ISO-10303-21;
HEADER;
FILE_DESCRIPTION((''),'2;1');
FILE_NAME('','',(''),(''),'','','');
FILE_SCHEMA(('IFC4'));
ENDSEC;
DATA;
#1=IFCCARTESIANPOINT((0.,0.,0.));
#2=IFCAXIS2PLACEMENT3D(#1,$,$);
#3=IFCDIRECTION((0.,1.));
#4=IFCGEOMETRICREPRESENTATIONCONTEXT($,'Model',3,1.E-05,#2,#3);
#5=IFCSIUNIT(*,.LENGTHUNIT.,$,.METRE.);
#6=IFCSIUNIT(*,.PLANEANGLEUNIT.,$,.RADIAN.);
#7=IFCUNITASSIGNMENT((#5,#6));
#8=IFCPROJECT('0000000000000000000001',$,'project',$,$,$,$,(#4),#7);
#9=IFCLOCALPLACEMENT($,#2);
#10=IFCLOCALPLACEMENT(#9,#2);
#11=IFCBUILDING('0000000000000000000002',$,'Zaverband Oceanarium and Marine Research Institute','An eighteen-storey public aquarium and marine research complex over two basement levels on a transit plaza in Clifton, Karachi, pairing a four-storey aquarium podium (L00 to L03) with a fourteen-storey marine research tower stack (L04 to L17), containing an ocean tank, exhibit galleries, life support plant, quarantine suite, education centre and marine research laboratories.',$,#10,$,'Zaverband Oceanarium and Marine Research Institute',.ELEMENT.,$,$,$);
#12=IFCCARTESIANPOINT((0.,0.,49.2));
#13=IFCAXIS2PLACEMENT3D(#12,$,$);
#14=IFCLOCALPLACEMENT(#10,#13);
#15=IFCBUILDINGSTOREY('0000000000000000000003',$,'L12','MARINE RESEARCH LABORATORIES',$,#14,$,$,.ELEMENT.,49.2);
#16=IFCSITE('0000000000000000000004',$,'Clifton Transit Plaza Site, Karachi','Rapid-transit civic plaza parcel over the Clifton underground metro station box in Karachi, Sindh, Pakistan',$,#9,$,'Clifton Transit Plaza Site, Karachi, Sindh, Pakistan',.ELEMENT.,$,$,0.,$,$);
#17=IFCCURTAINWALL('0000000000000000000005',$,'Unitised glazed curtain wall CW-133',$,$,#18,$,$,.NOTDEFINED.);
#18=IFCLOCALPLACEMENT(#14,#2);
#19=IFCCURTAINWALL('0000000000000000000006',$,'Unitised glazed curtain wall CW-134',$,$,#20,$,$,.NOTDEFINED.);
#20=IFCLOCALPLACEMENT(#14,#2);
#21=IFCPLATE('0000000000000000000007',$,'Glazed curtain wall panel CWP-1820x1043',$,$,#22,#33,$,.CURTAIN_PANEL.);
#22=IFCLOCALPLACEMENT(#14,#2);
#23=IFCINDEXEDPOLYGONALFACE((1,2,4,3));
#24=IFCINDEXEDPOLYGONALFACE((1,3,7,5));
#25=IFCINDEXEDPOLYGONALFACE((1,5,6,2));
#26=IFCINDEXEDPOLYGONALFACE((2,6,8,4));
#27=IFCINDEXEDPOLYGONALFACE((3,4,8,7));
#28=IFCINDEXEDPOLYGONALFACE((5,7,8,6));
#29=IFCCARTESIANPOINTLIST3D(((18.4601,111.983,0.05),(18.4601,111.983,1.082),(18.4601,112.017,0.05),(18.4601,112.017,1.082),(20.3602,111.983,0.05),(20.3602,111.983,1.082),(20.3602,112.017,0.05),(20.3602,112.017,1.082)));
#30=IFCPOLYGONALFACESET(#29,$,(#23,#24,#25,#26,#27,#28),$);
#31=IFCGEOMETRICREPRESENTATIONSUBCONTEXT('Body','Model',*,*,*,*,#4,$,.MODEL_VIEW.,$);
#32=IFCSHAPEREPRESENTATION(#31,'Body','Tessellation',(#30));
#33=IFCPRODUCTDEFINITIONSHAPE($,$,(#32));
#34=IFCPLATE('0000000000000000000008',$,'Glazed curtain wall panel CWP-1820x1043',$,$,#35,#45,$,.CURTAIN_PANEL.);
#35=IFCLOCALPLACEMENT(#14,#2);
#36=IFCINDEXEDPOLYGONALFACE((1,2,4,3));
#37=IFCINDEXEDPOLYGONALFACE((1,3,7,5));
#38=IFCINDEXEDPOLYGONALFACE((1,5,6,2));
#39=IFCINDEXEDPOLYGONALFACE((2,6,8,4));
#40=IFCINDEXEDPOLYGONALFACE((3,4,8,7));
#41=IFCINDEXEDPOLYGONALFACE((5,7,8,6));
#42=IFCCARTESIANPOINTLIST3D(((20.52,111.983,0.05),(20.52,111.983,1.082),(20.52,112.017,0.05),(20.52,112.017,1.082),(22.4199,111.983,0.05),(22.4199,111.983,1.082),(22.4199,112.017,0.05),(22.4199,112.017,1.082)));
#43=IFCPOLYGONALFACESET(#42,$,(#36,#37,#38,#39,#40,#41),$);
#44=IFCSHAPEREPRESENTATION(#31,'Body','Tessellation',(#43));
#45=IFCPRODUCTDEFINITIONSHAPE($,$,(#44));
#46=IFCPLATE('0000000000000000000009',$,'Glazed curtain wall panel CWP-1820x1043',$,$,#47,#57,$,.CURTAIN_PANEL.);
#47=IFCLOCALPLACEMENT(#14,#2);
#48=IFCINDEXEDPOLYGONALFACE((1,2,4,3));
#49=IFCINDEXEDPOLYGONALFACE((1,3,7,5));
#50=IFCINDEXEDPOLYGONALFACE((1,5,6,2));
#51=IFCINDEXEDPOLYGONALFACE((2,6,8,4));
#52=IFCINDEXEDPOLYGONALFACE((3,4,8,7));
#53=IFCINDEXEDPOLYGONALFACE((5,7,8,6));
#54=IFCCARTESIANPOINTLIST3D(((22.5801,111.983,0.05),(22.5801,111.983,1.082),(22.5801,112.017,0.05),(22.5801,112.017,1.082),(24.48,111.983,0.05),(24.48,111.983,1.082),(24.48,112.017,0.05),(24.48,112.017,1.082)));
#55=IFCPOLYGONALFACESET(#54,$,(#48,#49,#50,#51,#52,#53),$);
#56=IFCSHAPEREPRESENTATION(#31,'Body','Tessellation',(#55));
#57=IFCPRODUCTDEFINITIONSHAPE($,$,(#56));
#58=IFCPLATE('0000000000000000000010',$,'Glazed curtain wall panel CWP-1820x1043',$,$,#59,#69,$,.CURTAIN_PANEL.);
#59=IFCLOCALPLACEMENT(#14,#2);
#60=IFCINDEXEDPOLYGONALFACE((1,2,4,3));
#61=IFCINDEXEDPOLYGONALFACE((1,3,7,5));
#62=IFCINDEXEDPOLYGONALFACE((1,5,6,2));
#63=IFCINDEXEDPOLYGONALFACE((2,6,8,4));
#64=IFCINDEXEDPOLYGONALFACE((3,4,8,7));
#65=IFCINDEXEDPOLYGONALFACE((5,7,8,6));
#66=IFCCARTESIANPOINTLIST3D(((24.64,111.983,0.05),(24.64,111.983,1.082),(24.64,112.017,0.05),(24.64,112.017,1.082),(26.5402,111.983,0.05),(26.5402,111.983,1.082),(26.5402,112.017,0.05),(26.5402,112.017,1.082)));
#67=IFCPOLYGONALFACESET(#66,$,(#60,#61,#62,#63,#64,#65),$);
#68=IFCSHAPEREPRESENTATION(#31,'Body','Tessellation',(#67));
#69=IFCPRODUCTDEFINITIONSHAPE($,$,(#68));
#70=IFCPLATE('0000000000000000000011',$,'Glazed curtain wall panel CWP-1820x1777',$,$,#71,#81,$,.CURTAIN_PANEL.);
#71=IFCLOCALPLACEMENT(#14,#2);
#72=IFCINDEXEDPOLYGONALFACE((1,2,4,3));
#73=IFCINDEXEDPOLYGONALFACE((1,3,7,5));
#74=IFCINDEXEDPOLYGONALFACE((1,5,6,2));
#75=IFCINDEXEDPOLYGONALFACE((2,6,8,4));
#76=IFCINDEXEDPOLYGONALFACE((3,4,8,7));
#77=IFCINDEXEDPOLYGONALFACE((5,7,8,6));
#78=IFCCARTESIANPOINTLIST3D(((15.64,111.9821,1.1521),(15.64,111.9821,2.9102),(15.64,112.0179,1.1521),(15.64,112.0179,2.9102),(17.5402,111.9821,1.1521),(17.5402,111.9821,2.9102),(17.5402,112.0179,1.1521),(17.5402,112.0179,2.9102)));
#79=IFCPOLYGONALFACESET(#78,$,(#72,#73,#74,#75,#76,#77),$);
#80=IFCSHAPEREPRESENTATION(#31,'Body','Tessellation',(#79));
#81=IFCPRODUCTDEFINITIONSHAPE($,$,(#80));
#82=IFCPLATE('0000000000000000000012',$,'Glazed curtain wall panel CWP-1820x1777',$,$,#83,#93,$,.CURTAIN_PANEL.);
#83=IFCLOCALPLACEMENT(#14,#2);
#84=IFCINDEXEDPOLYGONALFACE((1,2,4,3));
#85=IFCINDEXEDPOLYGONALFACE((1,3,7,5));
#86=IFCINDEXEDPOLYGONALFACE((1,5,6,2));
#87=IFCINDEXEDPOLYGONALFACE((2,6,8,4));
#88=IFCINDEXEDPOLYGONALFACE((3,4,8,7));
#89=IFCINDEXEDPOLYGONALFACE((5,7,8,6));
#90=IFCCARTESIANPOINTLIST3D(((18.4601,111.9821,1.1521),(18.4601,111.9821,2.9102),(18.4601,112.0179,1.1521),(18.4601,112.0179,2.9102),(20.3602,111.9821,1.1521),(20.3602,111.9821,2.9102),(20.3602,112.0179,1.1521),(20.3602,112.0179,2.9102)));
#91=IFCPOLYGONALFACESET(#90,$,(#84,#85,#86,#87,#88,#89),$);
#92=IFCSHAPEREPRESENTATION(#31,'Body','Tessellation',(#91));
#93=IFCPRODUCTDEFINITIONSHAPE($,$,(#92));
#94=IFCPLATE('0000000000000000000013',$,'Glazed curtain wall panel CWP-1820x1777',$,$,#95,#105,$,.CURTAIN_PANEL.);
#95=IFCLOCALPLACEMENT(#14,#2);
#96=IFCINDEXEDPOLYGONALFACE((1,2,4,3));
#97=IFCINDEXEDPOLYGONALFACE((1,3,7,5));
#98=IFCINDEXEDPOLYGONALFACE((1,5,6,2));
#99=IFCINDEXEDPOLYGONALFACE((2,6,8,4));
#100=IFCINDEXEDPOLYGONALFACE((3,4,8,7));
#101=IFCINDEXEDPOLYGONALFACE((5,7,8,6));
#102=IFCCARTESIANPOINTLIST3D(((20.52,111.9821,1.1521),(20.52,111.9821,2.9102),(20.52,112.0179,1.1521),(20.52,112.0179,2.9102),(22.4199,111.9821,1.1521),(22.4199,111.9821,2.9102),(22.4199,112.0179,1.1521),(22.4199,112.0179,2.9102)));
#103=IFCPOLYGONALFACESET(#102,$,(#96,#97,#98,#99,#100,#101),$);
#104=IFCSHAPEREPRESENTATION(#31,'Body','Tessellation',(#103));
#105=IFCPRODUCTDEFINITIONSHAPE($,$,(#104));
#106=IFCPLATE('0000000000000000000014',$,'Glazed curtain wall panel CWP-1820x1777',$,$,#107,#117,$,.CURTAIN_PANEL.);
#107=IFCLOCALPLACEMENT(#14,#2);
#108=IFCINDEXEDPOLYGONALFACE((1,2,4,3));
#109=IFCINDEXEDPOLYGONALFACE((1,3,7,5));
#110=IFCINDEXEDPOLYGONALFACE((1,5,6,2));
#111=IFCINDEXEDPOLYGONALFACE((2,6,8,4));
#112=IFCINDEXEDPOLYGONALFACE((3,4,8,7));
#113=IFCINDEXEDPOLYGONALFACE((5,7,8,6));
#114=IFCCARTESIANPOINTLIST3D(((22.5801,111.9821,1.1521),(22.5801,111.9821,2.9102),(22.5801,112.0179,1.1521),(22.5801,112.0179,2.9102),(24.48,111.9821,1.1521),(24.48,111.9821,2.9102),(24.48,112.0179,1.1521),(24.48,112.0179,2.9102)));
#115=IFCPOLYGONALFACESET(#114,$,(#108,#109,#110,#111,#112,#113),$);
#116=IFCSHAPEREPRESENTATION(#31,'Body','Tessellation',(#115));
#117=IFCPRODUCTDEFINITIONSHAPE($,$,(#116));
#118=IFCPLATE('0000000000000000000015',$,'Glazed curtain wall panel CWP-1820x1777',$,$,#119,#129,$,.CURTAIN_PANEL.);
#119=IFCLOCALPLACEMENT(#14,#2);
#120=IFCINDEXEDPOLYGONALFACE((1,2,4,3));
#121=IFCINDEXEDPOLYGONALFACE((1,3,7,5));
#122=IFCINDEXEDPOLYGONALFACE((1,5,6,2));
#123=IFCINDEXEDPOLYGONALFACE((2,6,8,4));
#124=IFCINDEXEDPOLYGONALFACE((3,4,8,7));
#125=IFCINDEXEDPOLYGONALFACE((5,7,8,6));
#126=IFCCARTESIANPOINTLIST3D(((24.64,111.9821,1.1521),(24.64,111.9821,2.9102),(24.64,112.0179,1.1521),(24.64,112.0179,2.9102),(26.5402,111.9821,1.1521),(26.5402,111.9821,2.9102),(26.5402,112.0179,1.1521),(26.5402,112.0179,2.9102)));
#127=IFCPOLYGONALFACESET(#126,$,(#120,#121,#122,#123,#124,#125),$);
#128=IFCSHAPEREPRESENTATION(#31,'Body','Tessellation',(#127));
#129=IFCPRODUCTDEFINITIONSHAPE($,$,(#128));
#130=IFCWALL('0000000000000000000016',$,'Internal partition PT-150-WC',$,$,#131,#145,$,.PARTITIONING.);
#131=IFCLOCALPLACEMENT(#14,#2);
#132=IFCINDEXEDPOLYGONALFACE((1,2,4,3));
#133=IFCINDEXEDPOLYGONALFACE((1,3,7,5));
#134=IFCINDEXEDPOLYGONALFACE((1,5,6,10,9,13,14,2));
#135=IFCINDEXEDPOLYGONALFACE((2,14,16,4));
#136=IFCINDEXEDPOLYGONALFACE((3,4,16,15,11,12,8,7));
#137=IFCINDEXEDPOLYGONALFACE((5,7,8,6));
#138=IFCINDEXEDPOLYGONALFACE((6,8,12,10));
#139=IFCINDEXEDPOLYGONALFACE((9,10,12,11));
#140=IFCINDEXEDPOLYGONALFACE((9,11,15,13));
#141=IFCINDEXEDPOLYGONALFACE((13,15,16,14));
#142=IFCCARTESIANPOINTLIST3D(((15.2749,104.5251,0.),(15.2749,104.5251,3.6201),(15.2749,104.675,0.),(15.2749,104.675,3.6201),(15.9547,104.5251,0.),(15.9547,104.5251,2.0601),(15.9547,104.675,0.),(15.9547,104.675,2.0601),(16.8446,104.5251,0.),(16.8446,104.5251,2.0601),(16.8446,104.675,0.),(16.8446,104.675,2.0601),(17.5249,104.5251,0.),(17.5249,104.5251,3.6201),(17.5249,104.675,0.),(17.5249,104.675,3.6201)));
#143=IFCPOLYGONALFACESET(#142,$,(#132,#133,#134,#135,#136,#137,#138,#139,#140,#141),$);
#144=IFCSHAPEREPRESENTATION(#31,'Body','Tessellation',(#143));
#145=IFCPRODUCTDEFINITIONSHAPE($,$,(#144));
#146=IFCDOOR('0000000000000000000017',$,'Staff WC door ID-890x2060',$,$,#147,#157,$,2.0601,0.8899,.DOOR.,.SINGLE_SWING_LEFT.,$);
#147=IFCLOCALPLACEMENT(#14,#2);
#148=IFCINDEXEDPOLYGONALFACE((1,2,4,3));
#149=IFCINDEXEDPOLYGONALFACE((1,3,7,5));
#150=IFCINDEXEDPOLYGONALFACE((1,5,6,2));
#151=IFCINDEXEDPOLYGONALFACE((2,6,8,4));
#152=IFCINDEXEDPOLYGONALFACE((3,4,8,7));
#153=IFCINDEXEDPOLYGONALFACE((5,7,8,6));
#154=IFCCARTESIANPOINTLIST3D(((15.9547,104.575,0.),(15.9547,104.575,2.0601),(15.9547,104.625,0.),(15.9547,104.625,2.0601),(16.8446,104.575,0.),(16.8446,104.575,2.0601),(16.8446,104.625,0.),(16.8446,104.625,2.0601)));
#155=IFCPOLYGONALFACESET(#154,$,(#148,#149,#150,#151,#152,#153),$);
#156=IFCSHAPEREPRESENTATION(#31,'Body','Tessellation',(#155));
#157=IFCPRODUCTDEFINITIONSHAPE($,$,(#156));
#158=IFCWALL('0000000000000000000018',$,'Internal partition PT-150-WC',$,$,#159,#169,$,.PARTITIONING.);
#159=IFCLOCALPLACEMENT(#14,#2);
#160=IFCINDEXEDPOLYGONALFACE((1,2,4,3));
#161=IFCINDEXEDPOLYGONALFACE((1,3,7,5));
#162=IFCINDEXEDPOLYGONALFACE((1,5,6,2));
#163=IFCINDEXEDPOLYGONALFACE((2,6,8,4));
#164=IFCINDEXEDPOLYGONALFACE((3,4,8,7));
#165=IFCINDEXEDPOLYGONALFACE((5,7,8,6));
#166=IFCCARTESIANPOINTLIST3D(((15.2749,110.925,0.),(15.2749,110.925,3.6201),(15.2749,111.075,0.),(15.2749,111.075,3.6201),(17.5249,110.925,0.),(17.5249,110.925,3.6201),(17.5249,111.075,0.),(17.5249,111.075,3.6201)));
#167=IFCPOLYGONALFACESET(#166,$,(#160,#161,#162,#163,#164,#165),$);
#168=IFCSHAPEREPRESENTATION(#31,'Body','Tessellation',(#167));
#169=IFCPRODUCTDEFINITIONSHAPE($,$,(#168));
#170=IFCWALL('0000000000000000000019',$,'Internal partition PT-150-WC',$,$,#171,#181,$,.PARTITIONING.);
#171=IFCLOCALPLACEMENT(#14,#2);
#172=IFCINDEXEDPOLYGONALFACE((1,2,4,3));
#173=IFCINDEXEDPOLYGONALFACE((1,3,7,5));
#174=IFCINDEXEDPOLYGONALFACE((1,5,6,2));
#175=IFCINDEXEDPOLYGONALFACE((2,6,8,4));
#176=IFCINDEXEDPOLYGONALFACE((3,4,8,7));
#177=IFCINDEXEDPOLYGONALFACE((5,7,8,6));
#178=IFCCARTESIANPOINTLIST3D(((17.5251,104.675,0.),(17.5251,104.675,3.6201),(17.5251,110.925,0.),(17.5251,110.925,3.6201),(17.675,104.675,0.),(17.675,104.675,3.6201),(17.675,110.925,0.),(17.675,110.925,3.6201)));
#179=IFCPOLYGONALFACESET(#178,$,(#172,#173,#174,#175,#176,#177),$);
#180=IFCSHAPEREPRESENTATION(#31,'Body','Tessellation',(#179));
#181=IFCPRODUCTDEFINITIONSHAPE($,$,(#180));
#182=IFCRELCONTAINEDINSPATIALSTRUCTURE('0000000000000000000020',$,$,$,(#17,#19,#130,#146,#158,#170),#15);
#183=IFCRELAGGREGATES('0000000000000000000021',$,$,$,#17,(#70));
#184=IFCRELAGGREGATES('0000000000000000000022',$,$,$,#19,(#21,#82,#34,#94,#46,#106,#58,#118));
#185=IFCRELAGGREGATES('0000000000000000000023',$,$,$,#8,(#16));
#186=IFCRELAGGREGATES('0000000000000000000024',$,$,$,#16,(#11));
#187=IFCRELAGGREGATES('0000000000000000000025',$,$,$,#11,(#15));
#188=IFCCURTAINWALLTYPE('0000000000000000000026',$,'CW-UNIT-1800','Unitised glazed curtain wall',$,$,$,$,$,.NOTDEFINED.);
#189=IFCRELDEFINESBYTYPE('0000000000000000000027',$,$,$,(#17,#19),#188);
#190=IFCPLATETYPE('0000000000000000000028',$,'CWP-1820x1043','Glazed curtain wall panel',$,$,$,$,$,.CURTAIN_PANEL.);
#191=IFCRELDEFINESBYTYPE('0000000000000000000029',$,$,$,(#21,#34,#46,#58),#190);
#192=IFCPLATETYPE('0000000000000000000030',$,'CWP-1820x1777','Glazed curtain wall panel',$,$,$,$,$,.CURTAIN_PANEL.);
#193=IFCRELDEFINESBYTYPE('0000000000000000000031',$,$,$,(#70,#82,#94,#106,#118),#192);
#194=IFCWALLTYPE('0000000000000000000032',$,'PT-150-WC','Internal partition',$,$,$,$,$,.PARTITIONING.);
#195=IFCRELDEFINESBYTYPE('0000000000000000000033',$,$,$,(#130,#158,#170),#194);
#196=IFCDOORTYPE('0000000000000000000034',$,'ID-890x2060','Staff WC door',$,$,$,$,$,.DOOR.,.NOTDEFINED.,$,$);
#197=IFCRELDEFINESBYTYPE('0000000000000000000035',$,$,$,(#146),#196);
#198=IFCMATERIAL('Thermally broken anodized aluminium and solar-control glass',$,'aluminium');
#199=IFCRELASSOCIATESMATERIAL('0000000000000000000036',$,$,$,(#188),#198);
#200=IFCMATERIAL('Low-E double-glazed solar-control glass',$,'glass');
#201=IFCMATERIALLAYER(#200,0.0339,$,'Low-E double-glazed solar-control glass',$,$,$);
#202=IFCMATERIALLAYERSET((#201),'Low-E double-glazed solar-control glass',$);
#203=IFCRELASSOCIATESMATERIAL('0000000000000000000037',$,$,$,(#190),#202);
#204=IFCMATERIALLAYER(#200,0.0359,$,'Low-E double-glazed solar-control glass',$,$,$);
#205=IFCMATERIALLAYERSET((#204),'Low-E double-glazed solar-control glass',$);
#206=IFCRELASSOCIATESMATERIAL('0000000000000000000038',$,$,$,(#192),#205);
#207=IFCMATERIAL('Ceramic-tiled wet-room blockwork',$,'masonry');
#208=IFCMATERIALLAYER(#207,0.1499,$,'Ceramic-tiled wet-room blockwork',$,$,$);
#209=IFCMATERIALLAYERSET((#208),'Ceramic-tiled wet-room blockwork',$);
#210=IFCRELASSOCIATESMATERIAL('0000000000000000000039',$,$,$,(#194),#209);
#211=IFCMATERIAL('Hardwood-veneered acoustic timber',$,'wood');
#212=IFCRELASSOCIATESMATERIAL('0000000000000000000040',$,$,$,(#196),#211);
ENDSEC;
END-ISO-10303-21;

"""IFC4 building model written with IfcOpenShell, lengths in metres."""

from ifc_helpers import new_model, si_unit, direction, frame, frame_2d, origin, place, context, subcontext, project, spatial, rectangle, extrude, material, layer, layer_set, type_object, element, fill, aggregate, save


model = new_model("IFC4")

# Units and contexts
model_context = context("Model", 3, precision=1e-05, world=origin(), true_north=direction((0.0, 1.0)))
body_context = subcontext(model_context, "Body", "Model", "MODEL_VIEW")
ifc_project = project(units=[si_unit("LENGTHUNIT", "METRE"), si_unit("PLANEANGLEUNIT", "RADIAN")], contexts=[model_context])

# Site, building, storey
site_placement = place(None, origin())
site = spatial("IfcSite", under=ifc_project, at=site_placement, Name="Clifton Transit Plaza Site, Karachi", Description="Rapid-transit civic plaza parcel over the Clifton underground metro station box in Karachi, Sindh, Pakistan", LongName="Clifton Transit Plaza Site, Karachi, Sindh, Pakistan", CompositionType="ELEMENT", RefElevation=0.0)
building_placement = place(site_placement, origin())
building = spatial("IfcBuilding", under=site, at=building_placement, Name="Zaverband Oceanarium and Marine Research Institute", Description="An eighteen-storey public aquarium and marine research complex over two basement levels on a transit plaza in Clifton, Karachi, pairing a four-storey aquarium podium (L00 to L03) with a fourteen-storey marine research tower stack (L04 to L17), containing an ocean tank, exhibit galleries, life support plant, quarantine suite, education centre and marine research laboratories.", LongName="Zaverband Oceanarium and Marine Research Institute", CompositionType="ELEMENT")
storey_placement = place(building_placement, frame((0.0, 0.0, 49.2)))
storey = spatial("IfcBuildingStorey", under=building, at=storey_placement, Name="L12", Description="MARINE RESEARCH LABORATORIES", CompositionType="ELEMENT", Elevation=49.2)

# Curtain walls
ifc_material_1 = material(Name="Thermally broken anodized aluminium and solar-control glass", Category="aluminium")
curtain_wall_type = type_object("IfcCurtainWallType", Name="CW-UNIT-1800", Description="Unitised glazed curtain wall", PredefinedType="NOTDEFINED", material=ifc_material_1)
curtain_wall_1_placement = place(storey_placement, origin())
curtain_wall_1 = element("IfcCurtainWall", 1, at=curtain_wall_1_placement, inside=storey, type_object=curtain_wall_type, Name="Unitised glazed curtain wall CW-133", PredefinedType="NOTDEFINED")
curtain_wall_2_placement = place(storey_placement, origin())
curtain_wall_2 = element("IfcCurtainWall", 2, at=curtain_wall_2_placement, inside=storey, type_object=curtain_wall_type, Name="Unitised glazed curtain wall CW-134", PredefinedType="NOTDEFINED")

# Plates
ifc_material_2 = material(Name="Low-E double-glazed solar-control glass", Category="glass")
ifc_layer_1 = layer(ifc_material_2, 0.0339, Name="Low-E double-glazed solar-control glass")
ifc_layer_set_1 = layer_set([ifc_layer_1], Name="Low-E double-glazed solar-control glass")
plate_type_1 = type_object("IfcPlateType", Name="CWP-1820x1043", Description="Glazed curtain wall panel", PredefinedType="CURTAIN_PANEL", material=ifc_layer_set_1)
plate_1_placement = place(storey_placement, frame((18.46, 112.0, 0.05), z_axis=(0.0, 0.0, 1.0), x_axis=(1.0, 0.0, 0.0)))
plate_1 = element("IfcPlate", 3, at=plate_1_placement, type_object=plate_type_1, Name="Glazed curtain wall panel CWP-1820x1043", PredefinedType="CURTAIN_PANEL", context=body_context, shape_type="SweptSolid", body=[
    extrude(rectangle(XDim=1.9001, YDim=0.0339, at=frame_2d((0.9502, 0.0))), origin(), (0.0, 0.0, 1.0), 1.032),
])
plate_2_placement = place(storey_placement, frame((20.52, 112.0, 0.05), z_axis=(0.0, 0.0, 1.0), x_axis=(1.0, 0.0, 0.0)))
plate_2 = element("IfcPlate", 4, at=plate_2_placement, type_object=plate_type_1, Name="Glazed curtain wall panel CWP-1820x1043", PredefinedType="CURTAIN_PANEL", context=body_context, shape_type="SweptSolid", body=[
    extrude(rectangle(XDim=1.8999, YDim=0.0339, at=frame_2d((0.95, 0.0))), origin(), (0.0, 0.0, 1.0), 1.032),
])
plate_3_placement = place(storey_placement, frame((22.5801, 112.0, 0.05), z_axis=(0.0, 0.0, 1.0), x_axis=(1.0, 0.0, 0.0)))
plate_3 = element("IfcPlate", 5, at=plate_3_placement, type_object=plate_type_1, Name="Glazed curtain wall panel CWP-1820x1043", PredefinedType="CURTAIN_PANEL", context=body_context, shape_type="SweptSolid", body=[
    extrude(rectangle(XDim=1.8999, YDim=0.0339, at=frame_2d((0.95, 0.0))), origin(), (0.0, 0.0, 1.0), 1.032),
])
plate_4_placement = place(storey_placement, frame((24.6399, 112.0, 0.05), z_axis=(0.0, 0.0, 1.0), x_axis=(1.0, 0.0, 0.0)))
plate_4 = element("IfcPlate", 6, at=plate_4_placement, type_object=plate_type_1, Name="Glazed curtain wall panel CWP-1820x1043", PredefinedType="CURTAIN_PANEL", context=body_context, shape_type="SweptSolid", body=[
    extrude(rectangle(XDim=1.9001, YDim=0.0339, at=frame_2d((0.9502, 0.0))), origin(), (0.0, 0.0, 1.0), 1.032),
])
ifc_layer_2 = layer(ifc_material_2, 0.0359, Name="Low-E double-glazed solar-control glass")
ifc_layer_set_2 = layer_set([ifc_layer_2], Name="Low-E double-glazed solar-control glass")
plate_type_2 = type_object("IfcPlateType", Name="CWP-1820x1777", Description="Glazed curtain wall panel", PredefinedType="CURTAIN_PANEL", material=ifc_layer_set_2)
plate_5_placement = place(storey_placement, frame((15.6399, 112.0, 1.1521), z_axis=(0.0, 0.0, 1.0), x_axis=(1.0, 0.0, 0.0)))
plate_5 = element("IfcPlate", 7, at=plate_5_placement, type_object=plate_type_2, Name="Glazed curtain wall panel CWP-1820x1777", PredefinedType="CURTAIN_PANEL", context=body_context, shape_type="SweptSolid", body=[
    extrude(rectangle(XDim=1.9001, YDim=0.0359, at=frame_2d((0.9502, 0.0))), origin(), (0.0, 0.0, 1.0), 1.7581),
])
aggregate(curtain_wall_1, [plate_5])
plate_6_placement = place(storey_placement, frame((18.46, 112.0, 1.1521), z_axis=(0.0, 0.0, 1.0), x_axis=(1.0, 0.0, 0.0)))
plate_6 = element("IfcPlate", 8, at=plate_6_placement, type_object=plate_type_2, Name="Glazed curtain wall panel CWP-1820x1777", PredefinedType="CURTAIN_PANEL", context=body_context, shape_type="SweptSolid", body=[
    extrude(rectangle(XDim=1.9001, YDim=0.0359, at=frame_2d((0.9502, 0.0))), origin(), (0.0, 0.0, 1.0), 1.7581),
])
plate_7_placement = place(storey_placement, frame((20.52, 112.0, 1.1521), z_axis=(0.0, 0.0, 1.0), x_axis=(1.0, 0.0, 0.0)))
plate_7 = element("IfcPlate", 9, at=plate_7_placement, type_object=plate_type_2, Name="Glazed curtain wall panel CWP-1820x1777", PredefinedType="CURTAIN_PANEL", context=body_context, shape_type="SweptSolid", body=[
    extrude(rectangle(XDim=1.8999, YDim=0.0359, at=frame_2d((0.95, 0.0))), origin(), (0.0, 0.0, 1.0), 1.7581),
])
plate_8_placement = place(storey_placement, frame((22.5801, 112.0, 1.1521), z_axis=(0.0, 0.0, 1.0), x_axis=(1.0, 0.0, 0.0)))
plate_8 = element("IfcPlate", 10, at=plate_8_placement, type_object=plate_type_2, Name="Glazed curtain wall panel CWP-1820x1777", PredefinedType="CURTAIN_PANEL", context=body_context, shape_type="SweptSolid", body=[
    extrude(rectangle(XDim=1.8999, YDim=0.0359, at=frame_2d((0.95, 0.0))), origin(), (0.0, 0.0, 1.0), 1.7581),
])
plate_9_placement = place(storey_placement, frame((24.6399, 112.0, 1.1521), z_axis=(0.0, 0.0, 1.0), x_axis=(1.0, 0.0, 0.0)))
plate_9 = element("IfcPlate", 11, at=plate_9_placement, type_object=plate_type_2, Name="Glazed curtain wall panel CWP-1820x1777", PredefinedType="CURTAIN_PANEL", context=body_context, shape_type="SweptSolid", body=[
    extrude(rectangle(XDim=1.9001, YDim=0.0359, at=frame_2d((0.9502, 0.0))), origin(), (0.0, 0.0, 1.0), 1.7581),
])
aggregate(curtain_wall_2, [plate_1, plate_6, plate_2, plate_7, plate_3, plate_8, plate_4, plate_9])

# Wall, opening, door
ifc_material_3 = material(Name="Ceramic-tiled wet-room blockwork", Category="masonry")
ifc_layer_3 = layer(ifc_material_3, 0.1499, Name="Ceramic-tiled wet-room blockwork")
ifc_layer_set_3 = layer_set([ifc_layer_3], Name="Ceramic-tiled wet-room blockwork")
wall_type = type_object("IfcWallType", Name="PT-150-WC", Description="Internal partition", PredefinedType="PARTITIONING", material=ifc_layer_set_3)
wall_1_placement = place(storey_placement, frame((15.2749, 104.6001, 0.0), z_axis=(0.0, 0.0, 1.0), x_axis=(1.0, 0.0, 0.0)))
wall_1 = element("IfcWall", 12, at=wall_1_placement, inside=storey, type_object=wall_type, Name="Internal partition PT-150-WC", PredefinedType="PARTITIONING", context=body_context, shape_type="SweptSolid", body=[
    extrude(rectangle(XDim=2.25, YDim=0.1499, at=frame_2d((1.125, 0.0))), origin(), (0.0, 0.0, 1.0), 3.6201),
])
opening_placement = place(wall_1_placement, frame((0.6799, 0.0, 0.0)))
opening = element("IfcOpeningElement", 13, at=opening_placement, cuts=wall_1, PredefinedType="OPENING", context=body_context, shape_type="SweptSolid", body=[
    extrude(rectangle(XDim=0.8899, YDim=2.0601, at=frame_2d((0.4448, 1.03))), frame((0.0, 0.0869, 0.0), z_axis=(0.0, -1.0, 0.0), x_axis=(1.0, 0.0, 0.0)), (0.0, 0.0, 1.0), 0.1738),
])
ifc_material_4 = material(Name="Hardwood-veneered acoustic timber", Category="wood")
door_type = type_object("IfcDoorType", Name="ID-890x2060", Description="Staff WC door", OperationType="NOTDEFINED", PredefinedType="DOOR", material=ifc_material_4)
door_placement = place(opening_placement, origin())
door = element("IfcDoor", 14, at=door_placement, inside=storey, type_object=door_type, Name="Staff WC door ID-890x2060", OperationType="SINGLE_SWING_LEFT", OverallHeight=2.0601, OverallWidth=0.8899, PredefinedType="DOOR", context=body_context, shape_type="SweptSolid", body=[
    extrude(rectangle(XDim=0.8899, YDim=2.0601, at=frame_2d((0.4448, 1.03))), frame((0.0, 0.0249, 0.0), z_axis=(0.0, -1.0, 0.0), x_axis=(1.0, 0.0, 0.0)), (0.0, 0.0, 1.0), 0.05),
])
fill(opening, door)

# Walls
wall_2_placement = place(storey_placement, frame((15.2749, 111.0, 0.0), z_axis=(0.0, 0.0, 1.0), x_axis=(1.0, 0.0, 0.0)))
element("IfcWall", 15, at=wall_2_placement, inside=storey, type_object=wall_type, Name="Internal partition PT-150-WC", PredefinedType="PARTITIONING", context=body_context, shape_type="SweptSolid", body=[
    extrude(rectangle(XDim=2.25, YDim=0.1499, at=frame_2d((1.125, 0.0))), origin(), (0.0, 0.0, 1.0), 3.6201),
])
wall_3_placement = place(storey_placement, frame((17.6001, 104.675, 0.0), z_axis=(0.0, 0.0, 1.0), x_axis=(0.0, 1.0, 0.0)))
element("IfcWall", 16, at=wall_3_placement, inside=storey, type_object=wall_type, Name="Internal partition PT-150-WC", PredefinedType="PARTITIONING", context=body_context, shape_type="SweptSolid", body=[
    extrude(rectangle(XDim=6.25, YDim=0.1499, at=frame_2d((3.125, 0.0))), origin(), (0.0, 0.0, 1.0), 3.6201),
])

save(model, "model.ifc")
